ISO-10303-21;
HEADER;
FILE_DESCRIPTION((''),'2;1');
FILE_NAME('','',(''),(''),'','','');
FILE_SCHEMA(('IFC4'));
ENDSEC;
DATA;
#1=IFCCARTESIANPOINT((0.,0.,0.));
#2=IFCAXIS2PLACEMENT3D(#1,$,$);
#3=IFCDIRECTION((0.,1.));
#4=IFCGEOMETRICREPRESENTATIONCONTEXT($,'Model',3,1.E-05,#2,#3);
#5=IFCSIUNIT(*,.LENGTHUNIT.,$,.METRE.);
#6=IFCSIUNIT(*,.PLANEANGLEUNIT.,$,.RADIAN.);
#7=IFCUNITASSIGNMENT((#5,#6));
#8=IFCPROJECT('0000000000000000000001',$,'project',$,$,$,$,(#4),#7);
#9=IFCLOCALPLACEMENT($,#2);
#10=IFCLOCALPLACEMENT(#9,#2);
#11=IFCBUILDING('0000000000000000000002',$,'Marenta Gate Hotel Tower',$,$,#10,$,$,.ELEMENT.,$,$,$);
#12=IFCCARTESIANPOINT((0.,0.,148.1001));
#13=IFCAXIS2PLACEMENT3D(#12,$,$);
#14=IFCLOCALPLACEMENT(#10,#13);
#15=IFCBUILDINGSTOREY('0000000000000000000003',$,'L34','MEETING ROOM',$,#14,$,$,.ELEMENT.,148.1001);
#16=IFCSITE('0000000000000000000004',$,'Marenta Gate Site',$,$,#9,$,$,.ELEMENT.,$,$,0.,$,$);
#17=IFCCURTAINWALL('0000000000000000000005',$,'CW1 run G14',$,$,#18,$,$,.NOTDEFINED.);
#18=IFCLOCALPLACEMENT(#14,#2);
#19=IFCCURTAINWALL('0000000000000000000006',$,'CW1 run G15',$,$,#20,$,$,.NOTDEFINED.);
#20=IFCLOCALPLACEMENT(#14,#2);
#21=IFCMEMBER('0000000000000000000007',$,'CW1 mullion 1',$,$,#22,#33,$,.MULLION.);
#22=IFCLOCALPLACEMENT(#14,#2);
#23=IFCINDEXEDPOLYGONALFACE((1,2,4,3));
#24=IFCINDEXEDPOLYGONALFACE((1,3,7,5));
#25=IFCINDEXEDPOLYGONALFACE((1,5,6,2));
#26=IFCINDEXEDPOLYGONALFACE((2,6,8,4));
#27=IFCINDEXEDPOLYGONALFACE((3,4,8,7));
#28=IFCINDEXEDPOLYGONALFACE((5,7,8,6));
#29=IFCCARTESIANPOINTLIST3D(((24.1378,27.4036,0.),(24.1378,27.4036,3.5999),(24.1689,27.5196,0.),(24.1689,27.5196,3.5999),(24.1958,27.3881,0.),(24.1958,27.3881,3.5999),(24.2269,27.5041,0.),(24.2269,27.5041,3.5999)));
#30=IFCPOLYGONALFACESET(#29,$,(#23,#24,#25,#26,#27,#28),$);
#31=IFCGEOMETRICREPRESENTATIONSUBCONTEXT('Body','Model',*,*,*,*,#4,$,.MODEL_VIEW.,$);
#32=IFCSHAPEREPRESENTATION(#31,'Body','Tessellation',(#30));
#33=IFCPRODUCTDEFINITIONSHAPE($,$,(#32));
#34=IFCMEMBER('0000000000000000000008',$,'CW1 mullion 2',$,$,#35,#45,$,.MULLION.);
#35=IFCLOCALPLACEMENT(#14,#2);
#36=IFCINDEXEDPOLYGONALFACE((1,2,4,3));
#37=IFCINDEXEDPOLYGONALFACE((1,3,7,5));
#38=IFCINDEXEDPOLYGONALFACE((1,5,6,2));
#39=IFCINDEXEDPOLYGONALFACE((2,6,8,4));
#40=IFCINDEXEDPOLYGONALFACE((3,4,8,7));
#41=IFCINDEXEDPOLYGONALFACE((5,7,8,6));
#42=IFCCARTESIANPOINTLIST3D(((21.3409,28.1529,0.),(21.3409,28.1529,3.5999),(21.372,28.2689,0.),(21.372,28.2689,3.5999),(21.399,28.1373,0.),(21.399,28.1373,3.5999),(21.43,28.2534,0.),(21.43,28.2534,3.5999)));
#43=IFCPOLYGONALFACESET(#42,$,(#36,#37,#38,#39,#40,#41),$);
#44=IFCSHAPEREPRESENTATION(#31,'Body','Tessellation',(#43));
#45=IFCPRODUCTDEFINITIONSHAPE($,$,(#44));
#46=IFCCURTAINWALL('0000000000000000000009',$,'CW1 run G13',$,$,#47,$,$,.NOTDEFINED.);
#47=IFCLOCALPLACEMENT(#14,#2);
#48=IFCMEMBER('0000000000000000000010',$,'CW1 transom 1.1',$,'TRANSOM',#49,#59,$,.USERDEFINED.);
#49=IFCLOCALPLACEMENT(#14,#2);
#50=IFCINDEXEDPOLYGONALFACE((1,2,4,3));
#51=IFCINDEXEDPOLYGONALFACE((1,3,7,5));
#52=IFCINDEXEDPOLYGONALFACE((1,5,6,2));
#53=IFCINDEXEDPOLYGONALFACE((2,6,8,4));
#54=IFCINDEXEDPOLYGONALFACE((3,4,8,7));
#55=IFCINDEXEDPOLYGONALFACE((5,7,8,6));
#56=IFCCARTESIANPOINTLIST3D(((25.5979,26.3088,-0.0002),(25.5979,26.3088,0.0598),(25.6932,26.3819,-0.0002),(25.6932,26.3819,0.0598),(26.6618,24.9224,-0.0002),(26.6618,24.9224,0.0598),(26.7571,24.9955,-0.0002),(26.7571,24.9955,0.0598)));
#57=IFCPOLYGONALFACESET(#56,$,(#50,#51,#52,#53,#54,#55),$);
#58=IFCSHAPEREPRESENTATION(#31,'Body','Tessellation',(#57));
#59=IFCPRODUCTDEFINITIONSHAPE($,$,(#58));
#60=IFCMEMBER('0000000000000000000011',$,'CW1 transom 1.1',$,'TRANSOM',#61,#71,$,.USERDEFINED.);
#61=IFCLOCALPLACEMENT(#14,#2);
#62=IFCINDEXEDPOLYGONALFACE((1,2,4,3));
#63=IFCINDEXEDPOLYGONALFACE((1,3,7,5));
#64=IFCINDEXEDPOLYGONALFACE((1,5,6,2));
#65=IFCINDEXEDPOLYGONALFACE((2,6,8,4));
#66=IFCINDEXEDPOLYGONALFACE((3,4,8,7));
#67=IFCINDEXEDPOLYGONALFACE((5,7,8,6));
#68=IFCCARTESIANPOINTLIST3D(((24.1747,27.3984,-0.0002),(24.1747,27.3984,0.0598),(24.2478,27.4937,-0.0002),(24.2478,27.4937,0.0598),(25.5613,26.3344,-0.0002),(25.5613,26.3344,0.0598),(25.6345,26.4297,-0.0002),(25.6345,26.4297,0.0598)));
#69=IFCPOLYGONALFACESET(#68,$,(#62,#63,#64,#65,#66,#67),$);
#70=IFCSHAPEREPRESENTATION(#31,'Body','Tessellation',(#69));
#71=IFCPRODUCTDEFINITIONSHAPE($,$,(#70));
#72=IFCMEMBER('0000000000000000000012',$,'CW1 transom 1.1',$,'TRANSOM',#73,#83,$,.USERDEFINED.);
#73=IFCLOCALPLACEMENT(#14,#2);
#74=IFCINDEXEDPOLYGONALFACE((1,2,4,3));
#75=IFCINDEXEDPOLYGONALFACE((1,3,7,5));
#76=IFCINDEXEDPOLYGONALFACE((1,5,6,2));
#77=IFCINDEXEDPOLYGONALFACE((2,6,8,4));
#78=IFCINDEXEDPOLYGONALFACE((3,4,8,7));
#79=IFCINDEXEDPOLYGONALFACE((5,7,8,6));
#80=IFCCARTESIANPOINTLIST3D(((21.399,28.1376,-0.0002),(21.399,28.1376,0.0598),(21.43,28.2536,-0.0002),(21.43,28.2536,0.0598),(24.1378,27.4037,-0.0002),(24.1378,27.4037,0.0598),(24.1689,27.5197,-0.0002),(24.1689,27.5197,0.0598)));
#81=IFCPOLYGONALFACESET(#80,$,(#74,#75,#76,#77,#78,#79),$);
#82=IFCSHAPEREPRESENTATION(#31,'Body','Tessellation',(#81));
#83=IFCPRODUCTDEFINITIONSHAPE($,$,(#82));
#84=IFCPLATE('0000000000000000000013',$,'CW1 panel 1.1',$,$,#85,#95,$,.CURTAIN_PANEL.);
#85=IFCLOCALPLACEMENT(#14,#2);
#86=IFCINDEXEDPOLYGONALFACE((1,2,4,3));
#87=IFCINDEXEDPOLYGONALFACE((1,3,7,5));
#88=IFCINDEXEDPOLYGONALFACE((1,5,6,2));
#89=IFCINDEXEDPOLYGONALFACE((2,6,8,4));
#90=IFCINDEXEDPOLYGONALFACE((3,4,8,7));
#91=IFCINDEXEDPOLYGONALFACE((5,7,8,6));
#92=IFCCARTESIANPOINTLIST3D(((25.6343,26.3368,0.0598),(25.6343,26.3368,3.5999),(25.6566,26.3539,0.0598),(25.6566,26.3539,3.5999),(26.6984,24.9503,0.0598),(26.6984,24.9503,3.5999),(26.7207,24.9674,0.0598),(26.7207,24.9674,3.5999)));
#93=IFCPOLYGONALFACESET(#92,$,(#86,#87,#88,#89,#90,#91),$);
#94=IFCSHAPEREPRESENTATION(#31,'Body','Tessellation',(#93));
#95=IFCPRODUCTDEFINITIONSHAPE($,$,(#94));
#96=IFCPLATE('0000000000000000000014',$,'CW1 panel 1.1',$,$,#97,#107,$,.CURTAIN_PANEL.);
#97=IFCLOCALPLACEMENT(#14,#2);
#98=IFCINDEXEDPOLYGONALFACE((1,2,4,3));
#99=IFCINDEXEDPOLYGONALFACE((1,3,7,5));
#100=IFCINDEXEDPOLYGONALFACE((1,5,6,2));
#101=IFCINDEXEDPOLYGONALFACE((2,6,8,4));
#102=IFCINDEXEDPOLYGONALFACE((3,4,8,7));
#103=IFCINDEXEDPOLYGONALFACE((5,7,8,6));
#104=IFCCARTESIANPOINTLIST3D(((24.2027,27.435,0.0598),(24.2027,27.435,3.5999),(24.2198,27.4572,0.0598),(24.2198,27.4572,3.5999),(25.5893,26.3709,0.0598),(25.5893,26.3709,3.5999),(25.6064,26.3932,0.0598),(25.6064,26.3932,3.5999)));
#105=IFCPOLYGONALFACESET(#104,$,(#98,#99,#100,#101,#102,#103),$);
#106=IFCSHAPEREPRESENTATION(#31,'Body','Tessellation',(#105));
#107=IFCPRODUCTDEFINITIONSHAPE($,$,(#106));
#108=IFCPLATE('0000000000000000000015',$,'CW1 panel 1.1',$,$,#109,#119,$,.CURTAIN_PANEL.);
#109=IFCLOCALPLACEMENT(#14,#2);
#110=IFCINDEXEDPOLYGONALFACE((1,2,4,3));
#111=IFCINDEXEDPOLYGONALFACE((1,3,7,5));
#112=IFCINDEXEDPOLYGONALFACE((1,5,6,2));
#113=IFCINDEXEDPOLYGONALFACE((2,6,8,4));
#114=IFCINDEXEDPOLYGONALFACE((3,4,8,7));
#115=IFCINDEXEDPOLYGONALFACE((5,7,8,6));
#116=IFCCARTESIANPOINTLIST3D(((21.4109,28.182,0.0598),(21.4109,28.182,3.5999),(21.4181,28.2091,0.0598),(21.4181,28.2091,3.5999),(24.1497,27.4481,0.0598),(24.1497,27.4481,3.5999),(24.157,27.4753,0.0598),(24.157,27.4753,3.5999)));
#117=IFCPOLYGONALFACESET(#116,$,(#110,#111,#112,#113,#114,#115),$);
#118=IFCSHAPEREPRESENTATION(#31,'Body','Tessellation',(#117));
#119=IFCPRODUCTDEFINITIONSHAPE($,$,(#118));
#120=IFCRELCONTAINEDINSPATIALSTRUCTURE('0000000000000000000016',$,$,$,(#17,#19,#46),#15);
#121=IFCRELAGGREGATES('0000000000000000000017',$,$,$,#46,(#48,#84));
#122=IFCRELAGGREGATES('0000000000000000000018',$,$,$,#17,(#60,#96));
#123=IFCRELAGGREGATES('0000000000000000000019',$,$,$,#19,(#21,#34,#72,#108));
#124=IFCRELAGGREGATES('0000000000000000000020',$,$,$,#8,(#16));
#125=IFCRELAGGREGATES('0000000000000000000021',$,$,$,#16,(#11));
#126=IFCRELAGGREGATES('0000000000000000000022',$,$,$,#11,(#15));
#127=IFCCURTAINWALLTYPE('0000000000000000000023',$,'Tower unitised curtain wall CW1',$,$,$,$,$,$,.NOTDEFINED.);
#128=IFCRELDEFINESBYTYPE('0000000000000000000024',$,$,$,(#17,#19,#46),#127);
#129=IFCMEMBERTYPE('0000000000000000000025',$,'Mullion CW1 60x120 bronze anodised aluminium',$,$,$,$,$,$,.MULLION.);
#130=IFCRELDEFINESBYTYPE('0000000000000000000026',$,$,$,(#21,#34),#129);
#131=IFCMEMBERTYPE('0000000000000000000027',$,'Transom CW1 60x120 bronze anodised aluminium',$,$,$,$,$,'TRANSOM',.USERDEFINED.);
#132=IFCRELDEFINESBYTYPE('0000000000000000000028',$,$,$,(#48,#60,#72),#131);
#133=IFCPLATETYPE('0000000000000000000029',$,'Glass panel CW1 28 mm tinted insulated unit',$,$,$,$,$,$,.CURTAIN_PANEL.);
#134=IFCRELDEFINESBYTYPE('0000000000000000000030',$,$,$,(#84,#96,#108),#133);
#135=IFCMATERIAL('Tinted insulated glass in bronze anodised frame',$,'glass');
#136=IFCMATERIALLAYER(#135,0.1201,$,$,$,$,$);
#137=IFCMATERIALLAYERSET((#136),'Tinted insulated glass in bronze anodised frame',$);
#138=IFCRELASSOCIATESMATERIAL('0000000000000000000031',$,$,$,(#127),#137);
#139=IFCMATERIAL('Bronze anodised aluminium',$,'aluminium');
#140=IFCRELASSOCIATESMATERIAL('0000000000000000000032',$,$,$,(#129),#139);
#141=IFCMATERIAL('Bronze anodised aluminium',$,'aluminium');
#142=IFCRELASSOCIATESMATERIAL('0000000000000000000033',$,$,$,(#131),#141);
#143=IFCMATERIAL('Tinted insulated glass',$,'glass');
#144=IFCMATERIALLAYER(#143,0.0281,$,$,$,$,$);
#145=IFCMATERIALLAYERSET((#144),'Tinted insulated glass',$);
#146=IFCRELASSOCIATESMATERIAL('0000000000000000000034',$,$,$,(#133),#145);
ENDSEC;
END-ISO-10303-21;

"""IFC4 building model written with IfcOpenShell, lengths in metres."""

from ifc_helpers import new_model, si_unit, direction, frame, origin, origin_2d, place, context, subcontext, project, spatial, rectangle, extrude, material, layer, layer_set, material_profile, profile_set, type_object, element, aggregate, save


model = new_model("IFC4")

# Units and contexts
model_context = context("Model", 3, precision=1e-05, world=origin(), true_north=direction((0.0, 1.0)))
body_context = subcontext(model_context, "Body", "Model", "MODEL_VIEW")
ifc_project = project(units=[si_unit("LENGTHUNIT", "METRE"), si_unit("PLANEANGLEUNIT", "RADIAN")], contexts=[model_context])

# Site, building, storey
site_placement = place(None, origin())
site = spatial("IfcSite", under=ifc_project, at=site_placement, Name="Marenta Gate Site", CompositionType="ELEMENT", RefElevation=0.0)
building_placement = place(site_placement, origin())
building = spatial("IfcBuilding", under=site, at=building_placement, Name="Marenta Gate Hotel Tower", CompositionType="ELEMENT")
storey_placement = place(building_placement, frame((0.0, 0.0, 148.1001)))
storey = spatial("IfcBuildingStorey", under=building, at=storey_placement, Name="L34", Description="MEETING ROOM", CompositionType="ELEMENT", Elevation=148.1001)

# Curtain wall
ifc_material_1 = material(Name="Tinted insulated glass in bronze anodised frame", Category="glass")
ifc_layer_1 = layer(ifc_material_1, 0.1201)
ifc_layer_set_1 = layer_set([ifc_layer_1], Name="Tinted insulated glass in bronze anodised frame")
curtain_wall_type = type_object("IfcCurtainWallType", Name="Tower unitised curtain wall CW1", PredefinedType="NOTDEFINED", material=ifc_layer_set_1)
curtain_wall_1_placement = place(storey_placement, origin())
curtain_wall_1 = element("IfcCurtainWall", 1, at=curtain_wall_1_placement, inside=storey, type_object=curtain_wall_type, Name="CW1 run G14", PredefinedType="NOTDEFINED")
ifc_material_2 = material(Name="Bronze anodised aluminium", Category="aluminium")
ifc_material_profile_1 = material_profile(ifc_material_2, rectangle(XDim=0.1201, YDim=0.0601, at=origin_2d()), Name="Mullion CW1 60x120 bronze anodised aluminium")
ifc_profile_set_1 = profile_set([ifc_material_profile_1], Name="Bronze anodised aluminium")
member_type_1 = type_object("IfcMemberType", Name="Mullion CW1 60x120 bronze anodised aluminium", PredefinedType="MULLION", material=ifc_profile_set_1)

# Curtain wall, members
curtain_wall_2_placement = place(storey_placement, origin())
curtain_wall_2 = element("IfcCurtainWall", 2, at=curtain_wall_2_placement, inside=storey, type_object=curtain_wall_type, Name="CW1 run G15", PredefinedType="NOTDEFINED")
member_1_placement = place(storey_placement, frame((24.1824, 27.4539, 0.0), z_axis=(0.0, 0.0, 1.0), x_axis=(-0.258806, -0.965929, 0.0)))
member_1 = element("IfcMember", 3, at=member_1_placement, type_object=member_type_1, Name="CW1 mullion 1", PredefinedType="MULLION", context=body_context, shape_type="SweptSolid", body=[
    extrude(rectangle(XDim=0.1201, YDim=0.0601, at=origin_2d()), origin(), (0.0, 0.0, 1.0), 3.5999),
])
member_2_placement = place(storey_placement, frame((21.3855, 28.2031, 0.0), z_axis=(0.0, 0.0, 1.0), x_axis=(-0.258806, -0.965929, 0.0)))
member_2 = element("IfcMember", 4, at=member_2_placement, type_object=member_type_1, Name="CW1 mullion 2", PredefinedType="MULLION", context=body_context, shape_type="SweptSolid", body=[
    extrude(rectangle(XDim=0.1201, YDim=0.0601, at=origin_2d()), origin(), (0.0, 0.0, 1.0), 3.5999),
])

# Curtain wall, member
curtain_wall_3_placement = place(storey_placement, origin())
curtain_wall_3 = element("IfcCurtainWall", 5, at=curtain_wall_3_placement, inside=storey, type_object=curtain_wall_type, Name="CW1 run G13", PredefinedType="NOTDEFINED")
ifc_material_3 = material(Name="Bronze anodised aluminium", Category="aluminium")
ifc_material_profile_2 = material_profile(ifc_material_3, rectangle(XDim=0.1201, YDim=0.0601, at=origin_2d()), Name="Transom CW1 60x120 bronze anodised aluminium")
ifc_profile_set_2 = profile_set([ifc_material_profile_2], Name="Bronze anodised aluminium")
member_type_2 = type_object("IfcMemberType", Name="Transom CW1 60x120 bronze anodised aluminium", ElementType="TRANSOM", PredefinedType="USERDEFINED", material=ifc_profile_set_2)
member_3_placement = place(storey_placement, frame((26.7095, 24.959, 0.0298), z_axis=(-0.608792, 0.79333, 0.0), x_axis=(-0.79333, -0.608792, 0.0)))
member_3 = element("IfcMember", 6, at=member_3_placement, type_object=member_type_2, Name="CW1 transom 1.1", ObjectType="TRANSOM", PredefinedType="USERDEFINED", context=body_context, shape_type="SweptSolid", body=[
    extrude(rectangle(XDim=0.1201, YDim=0.0601, at=origin_2d()), origin(), (0.0, 0.0, 1.0), 1.7476),
])

# Members
member_4_placement = place(storey_placement, frame((25.5979, 26.3821, 0.0298), z_axis=(-0.793381, 0.608725, 0.0), x_axis=(-0.608725, -0.793381, 0.0)))
member_4 = element("IfcMember", 7, at=member_4_placement, type_object=member_type_2, Name="CW1 transom 1.1", ObjectType="TRANSOM", PredefinedType="USERDEFINED", context=body_context, shape_type="SweptSolid", body=[
    extrude(rectangle(XDim=0.1201, YDim=0.0601, at=origin_2d()), origin(), (0.0, 0.0, 1.0), 1.7478),
])
member_5_placement = place(storey_placement, frame((24.1533, 27.4617, 0.0298), z_axis=(-0.965923, 0.258831, 0.0), x_axis=(-0.258831, -0.965923, 0.0)))
member_5 = element("IfcMember", 8, at=member_5_placement, type_object=member_type_2, Name="CW1 transom 1.1", ObjectType="TRANSOM", PredefinedType="USERDEFINED", context=body_context, shape_type="SweptSolid", body=[
    extrude(rectangle(XDim=0.1201, YDim=0.0601, at=origin_2d()), origin(), (0.0, 0.0, 1.0), 2.8354),
])

# Plates
ifc_material_4 = material(Name="Tinted insulated glass", Category="glass")
ifc_layer_2 = layer(ifc_material_4, 0.0281)
ifc_layer_set_2 = layer_set([ifc_layer_2], Name="Tinted insulated glass")
plate_type = type_object("IfcPlateType", Name="Glass panel CW1 28 mm tinted insulated unit", PredefinedType="CURTAIN_PANEL", material=ifc_layer_set_2)
plate_1_placement = place(storey_placement, frame((26.1775, 25.6521, 0.0598), z_axis=(0.0, 0.0, 1.0), x_axis=(-0.608796, 0.793327, 0.0)))
plate_1 = element("IfcPlate", 9, at=plate_1_placement, type_object=plate_type, Name="CW1 panel 1.1", PredefinedType="CURTAIN_PANEL", context=body_context, shape_type="SweptSolid", body=[
    extrude(rectangle(XDim=1.7478, YDim=0.0281, at=origin_2d()), origin(), (0.0, 0.0, 1.0), 3.54),
])
aggregate(curtain_wall_3, [member_3, plate_1])
plate_2_placement = place(storey_placement, frame((24.9045, 26.9141, 0.0598), z_axis=(0.0, 0.0, 1.0), x_axis=(-0.793327, 0.608796, 0.0)))
plate_2 = element("IfcPlate", 10, at=plate_2_placement, type_object=plate_type, Name="CW1 panel 1.1", PredefinedType="CURTAIN_PANEL", context=body_context, shape_type="SweptSolid", body=[
    extrude(rectangle(XDim=1.7478, YDim=0.0281, at=origin_2d()), origin(), (0.0, 0.0, 1.0), 3.54),
])
aggregate(curtain_wall_1, [member_4, plate_2])
plate_3_placement = place(storey_placement, frame((22.7839, 27.8286, 0.0598), z_axis=(0.0, 0.0, 1.0), x_axis=(-0.965929, 0.258806, 0.0)))
plate_3 = element("IfcPlate", 11, at=plate_3_placement, type_object=plate_type, Name="CW1 panel 1.1", PredefinedType="CURTAIN_PANEL", context=body_context, shape_type="SweptSolid", body=[
    extrude(rectangle(XDim=2.8354, YDim=0.0281, at=origin_2d()), origin(), (0.0, 0.0, 1.0), 3.54),
])
aggregate(curtain_wall_2, [member_1, member_2, member_5, plate_3])

save(model, "model.ifc")
